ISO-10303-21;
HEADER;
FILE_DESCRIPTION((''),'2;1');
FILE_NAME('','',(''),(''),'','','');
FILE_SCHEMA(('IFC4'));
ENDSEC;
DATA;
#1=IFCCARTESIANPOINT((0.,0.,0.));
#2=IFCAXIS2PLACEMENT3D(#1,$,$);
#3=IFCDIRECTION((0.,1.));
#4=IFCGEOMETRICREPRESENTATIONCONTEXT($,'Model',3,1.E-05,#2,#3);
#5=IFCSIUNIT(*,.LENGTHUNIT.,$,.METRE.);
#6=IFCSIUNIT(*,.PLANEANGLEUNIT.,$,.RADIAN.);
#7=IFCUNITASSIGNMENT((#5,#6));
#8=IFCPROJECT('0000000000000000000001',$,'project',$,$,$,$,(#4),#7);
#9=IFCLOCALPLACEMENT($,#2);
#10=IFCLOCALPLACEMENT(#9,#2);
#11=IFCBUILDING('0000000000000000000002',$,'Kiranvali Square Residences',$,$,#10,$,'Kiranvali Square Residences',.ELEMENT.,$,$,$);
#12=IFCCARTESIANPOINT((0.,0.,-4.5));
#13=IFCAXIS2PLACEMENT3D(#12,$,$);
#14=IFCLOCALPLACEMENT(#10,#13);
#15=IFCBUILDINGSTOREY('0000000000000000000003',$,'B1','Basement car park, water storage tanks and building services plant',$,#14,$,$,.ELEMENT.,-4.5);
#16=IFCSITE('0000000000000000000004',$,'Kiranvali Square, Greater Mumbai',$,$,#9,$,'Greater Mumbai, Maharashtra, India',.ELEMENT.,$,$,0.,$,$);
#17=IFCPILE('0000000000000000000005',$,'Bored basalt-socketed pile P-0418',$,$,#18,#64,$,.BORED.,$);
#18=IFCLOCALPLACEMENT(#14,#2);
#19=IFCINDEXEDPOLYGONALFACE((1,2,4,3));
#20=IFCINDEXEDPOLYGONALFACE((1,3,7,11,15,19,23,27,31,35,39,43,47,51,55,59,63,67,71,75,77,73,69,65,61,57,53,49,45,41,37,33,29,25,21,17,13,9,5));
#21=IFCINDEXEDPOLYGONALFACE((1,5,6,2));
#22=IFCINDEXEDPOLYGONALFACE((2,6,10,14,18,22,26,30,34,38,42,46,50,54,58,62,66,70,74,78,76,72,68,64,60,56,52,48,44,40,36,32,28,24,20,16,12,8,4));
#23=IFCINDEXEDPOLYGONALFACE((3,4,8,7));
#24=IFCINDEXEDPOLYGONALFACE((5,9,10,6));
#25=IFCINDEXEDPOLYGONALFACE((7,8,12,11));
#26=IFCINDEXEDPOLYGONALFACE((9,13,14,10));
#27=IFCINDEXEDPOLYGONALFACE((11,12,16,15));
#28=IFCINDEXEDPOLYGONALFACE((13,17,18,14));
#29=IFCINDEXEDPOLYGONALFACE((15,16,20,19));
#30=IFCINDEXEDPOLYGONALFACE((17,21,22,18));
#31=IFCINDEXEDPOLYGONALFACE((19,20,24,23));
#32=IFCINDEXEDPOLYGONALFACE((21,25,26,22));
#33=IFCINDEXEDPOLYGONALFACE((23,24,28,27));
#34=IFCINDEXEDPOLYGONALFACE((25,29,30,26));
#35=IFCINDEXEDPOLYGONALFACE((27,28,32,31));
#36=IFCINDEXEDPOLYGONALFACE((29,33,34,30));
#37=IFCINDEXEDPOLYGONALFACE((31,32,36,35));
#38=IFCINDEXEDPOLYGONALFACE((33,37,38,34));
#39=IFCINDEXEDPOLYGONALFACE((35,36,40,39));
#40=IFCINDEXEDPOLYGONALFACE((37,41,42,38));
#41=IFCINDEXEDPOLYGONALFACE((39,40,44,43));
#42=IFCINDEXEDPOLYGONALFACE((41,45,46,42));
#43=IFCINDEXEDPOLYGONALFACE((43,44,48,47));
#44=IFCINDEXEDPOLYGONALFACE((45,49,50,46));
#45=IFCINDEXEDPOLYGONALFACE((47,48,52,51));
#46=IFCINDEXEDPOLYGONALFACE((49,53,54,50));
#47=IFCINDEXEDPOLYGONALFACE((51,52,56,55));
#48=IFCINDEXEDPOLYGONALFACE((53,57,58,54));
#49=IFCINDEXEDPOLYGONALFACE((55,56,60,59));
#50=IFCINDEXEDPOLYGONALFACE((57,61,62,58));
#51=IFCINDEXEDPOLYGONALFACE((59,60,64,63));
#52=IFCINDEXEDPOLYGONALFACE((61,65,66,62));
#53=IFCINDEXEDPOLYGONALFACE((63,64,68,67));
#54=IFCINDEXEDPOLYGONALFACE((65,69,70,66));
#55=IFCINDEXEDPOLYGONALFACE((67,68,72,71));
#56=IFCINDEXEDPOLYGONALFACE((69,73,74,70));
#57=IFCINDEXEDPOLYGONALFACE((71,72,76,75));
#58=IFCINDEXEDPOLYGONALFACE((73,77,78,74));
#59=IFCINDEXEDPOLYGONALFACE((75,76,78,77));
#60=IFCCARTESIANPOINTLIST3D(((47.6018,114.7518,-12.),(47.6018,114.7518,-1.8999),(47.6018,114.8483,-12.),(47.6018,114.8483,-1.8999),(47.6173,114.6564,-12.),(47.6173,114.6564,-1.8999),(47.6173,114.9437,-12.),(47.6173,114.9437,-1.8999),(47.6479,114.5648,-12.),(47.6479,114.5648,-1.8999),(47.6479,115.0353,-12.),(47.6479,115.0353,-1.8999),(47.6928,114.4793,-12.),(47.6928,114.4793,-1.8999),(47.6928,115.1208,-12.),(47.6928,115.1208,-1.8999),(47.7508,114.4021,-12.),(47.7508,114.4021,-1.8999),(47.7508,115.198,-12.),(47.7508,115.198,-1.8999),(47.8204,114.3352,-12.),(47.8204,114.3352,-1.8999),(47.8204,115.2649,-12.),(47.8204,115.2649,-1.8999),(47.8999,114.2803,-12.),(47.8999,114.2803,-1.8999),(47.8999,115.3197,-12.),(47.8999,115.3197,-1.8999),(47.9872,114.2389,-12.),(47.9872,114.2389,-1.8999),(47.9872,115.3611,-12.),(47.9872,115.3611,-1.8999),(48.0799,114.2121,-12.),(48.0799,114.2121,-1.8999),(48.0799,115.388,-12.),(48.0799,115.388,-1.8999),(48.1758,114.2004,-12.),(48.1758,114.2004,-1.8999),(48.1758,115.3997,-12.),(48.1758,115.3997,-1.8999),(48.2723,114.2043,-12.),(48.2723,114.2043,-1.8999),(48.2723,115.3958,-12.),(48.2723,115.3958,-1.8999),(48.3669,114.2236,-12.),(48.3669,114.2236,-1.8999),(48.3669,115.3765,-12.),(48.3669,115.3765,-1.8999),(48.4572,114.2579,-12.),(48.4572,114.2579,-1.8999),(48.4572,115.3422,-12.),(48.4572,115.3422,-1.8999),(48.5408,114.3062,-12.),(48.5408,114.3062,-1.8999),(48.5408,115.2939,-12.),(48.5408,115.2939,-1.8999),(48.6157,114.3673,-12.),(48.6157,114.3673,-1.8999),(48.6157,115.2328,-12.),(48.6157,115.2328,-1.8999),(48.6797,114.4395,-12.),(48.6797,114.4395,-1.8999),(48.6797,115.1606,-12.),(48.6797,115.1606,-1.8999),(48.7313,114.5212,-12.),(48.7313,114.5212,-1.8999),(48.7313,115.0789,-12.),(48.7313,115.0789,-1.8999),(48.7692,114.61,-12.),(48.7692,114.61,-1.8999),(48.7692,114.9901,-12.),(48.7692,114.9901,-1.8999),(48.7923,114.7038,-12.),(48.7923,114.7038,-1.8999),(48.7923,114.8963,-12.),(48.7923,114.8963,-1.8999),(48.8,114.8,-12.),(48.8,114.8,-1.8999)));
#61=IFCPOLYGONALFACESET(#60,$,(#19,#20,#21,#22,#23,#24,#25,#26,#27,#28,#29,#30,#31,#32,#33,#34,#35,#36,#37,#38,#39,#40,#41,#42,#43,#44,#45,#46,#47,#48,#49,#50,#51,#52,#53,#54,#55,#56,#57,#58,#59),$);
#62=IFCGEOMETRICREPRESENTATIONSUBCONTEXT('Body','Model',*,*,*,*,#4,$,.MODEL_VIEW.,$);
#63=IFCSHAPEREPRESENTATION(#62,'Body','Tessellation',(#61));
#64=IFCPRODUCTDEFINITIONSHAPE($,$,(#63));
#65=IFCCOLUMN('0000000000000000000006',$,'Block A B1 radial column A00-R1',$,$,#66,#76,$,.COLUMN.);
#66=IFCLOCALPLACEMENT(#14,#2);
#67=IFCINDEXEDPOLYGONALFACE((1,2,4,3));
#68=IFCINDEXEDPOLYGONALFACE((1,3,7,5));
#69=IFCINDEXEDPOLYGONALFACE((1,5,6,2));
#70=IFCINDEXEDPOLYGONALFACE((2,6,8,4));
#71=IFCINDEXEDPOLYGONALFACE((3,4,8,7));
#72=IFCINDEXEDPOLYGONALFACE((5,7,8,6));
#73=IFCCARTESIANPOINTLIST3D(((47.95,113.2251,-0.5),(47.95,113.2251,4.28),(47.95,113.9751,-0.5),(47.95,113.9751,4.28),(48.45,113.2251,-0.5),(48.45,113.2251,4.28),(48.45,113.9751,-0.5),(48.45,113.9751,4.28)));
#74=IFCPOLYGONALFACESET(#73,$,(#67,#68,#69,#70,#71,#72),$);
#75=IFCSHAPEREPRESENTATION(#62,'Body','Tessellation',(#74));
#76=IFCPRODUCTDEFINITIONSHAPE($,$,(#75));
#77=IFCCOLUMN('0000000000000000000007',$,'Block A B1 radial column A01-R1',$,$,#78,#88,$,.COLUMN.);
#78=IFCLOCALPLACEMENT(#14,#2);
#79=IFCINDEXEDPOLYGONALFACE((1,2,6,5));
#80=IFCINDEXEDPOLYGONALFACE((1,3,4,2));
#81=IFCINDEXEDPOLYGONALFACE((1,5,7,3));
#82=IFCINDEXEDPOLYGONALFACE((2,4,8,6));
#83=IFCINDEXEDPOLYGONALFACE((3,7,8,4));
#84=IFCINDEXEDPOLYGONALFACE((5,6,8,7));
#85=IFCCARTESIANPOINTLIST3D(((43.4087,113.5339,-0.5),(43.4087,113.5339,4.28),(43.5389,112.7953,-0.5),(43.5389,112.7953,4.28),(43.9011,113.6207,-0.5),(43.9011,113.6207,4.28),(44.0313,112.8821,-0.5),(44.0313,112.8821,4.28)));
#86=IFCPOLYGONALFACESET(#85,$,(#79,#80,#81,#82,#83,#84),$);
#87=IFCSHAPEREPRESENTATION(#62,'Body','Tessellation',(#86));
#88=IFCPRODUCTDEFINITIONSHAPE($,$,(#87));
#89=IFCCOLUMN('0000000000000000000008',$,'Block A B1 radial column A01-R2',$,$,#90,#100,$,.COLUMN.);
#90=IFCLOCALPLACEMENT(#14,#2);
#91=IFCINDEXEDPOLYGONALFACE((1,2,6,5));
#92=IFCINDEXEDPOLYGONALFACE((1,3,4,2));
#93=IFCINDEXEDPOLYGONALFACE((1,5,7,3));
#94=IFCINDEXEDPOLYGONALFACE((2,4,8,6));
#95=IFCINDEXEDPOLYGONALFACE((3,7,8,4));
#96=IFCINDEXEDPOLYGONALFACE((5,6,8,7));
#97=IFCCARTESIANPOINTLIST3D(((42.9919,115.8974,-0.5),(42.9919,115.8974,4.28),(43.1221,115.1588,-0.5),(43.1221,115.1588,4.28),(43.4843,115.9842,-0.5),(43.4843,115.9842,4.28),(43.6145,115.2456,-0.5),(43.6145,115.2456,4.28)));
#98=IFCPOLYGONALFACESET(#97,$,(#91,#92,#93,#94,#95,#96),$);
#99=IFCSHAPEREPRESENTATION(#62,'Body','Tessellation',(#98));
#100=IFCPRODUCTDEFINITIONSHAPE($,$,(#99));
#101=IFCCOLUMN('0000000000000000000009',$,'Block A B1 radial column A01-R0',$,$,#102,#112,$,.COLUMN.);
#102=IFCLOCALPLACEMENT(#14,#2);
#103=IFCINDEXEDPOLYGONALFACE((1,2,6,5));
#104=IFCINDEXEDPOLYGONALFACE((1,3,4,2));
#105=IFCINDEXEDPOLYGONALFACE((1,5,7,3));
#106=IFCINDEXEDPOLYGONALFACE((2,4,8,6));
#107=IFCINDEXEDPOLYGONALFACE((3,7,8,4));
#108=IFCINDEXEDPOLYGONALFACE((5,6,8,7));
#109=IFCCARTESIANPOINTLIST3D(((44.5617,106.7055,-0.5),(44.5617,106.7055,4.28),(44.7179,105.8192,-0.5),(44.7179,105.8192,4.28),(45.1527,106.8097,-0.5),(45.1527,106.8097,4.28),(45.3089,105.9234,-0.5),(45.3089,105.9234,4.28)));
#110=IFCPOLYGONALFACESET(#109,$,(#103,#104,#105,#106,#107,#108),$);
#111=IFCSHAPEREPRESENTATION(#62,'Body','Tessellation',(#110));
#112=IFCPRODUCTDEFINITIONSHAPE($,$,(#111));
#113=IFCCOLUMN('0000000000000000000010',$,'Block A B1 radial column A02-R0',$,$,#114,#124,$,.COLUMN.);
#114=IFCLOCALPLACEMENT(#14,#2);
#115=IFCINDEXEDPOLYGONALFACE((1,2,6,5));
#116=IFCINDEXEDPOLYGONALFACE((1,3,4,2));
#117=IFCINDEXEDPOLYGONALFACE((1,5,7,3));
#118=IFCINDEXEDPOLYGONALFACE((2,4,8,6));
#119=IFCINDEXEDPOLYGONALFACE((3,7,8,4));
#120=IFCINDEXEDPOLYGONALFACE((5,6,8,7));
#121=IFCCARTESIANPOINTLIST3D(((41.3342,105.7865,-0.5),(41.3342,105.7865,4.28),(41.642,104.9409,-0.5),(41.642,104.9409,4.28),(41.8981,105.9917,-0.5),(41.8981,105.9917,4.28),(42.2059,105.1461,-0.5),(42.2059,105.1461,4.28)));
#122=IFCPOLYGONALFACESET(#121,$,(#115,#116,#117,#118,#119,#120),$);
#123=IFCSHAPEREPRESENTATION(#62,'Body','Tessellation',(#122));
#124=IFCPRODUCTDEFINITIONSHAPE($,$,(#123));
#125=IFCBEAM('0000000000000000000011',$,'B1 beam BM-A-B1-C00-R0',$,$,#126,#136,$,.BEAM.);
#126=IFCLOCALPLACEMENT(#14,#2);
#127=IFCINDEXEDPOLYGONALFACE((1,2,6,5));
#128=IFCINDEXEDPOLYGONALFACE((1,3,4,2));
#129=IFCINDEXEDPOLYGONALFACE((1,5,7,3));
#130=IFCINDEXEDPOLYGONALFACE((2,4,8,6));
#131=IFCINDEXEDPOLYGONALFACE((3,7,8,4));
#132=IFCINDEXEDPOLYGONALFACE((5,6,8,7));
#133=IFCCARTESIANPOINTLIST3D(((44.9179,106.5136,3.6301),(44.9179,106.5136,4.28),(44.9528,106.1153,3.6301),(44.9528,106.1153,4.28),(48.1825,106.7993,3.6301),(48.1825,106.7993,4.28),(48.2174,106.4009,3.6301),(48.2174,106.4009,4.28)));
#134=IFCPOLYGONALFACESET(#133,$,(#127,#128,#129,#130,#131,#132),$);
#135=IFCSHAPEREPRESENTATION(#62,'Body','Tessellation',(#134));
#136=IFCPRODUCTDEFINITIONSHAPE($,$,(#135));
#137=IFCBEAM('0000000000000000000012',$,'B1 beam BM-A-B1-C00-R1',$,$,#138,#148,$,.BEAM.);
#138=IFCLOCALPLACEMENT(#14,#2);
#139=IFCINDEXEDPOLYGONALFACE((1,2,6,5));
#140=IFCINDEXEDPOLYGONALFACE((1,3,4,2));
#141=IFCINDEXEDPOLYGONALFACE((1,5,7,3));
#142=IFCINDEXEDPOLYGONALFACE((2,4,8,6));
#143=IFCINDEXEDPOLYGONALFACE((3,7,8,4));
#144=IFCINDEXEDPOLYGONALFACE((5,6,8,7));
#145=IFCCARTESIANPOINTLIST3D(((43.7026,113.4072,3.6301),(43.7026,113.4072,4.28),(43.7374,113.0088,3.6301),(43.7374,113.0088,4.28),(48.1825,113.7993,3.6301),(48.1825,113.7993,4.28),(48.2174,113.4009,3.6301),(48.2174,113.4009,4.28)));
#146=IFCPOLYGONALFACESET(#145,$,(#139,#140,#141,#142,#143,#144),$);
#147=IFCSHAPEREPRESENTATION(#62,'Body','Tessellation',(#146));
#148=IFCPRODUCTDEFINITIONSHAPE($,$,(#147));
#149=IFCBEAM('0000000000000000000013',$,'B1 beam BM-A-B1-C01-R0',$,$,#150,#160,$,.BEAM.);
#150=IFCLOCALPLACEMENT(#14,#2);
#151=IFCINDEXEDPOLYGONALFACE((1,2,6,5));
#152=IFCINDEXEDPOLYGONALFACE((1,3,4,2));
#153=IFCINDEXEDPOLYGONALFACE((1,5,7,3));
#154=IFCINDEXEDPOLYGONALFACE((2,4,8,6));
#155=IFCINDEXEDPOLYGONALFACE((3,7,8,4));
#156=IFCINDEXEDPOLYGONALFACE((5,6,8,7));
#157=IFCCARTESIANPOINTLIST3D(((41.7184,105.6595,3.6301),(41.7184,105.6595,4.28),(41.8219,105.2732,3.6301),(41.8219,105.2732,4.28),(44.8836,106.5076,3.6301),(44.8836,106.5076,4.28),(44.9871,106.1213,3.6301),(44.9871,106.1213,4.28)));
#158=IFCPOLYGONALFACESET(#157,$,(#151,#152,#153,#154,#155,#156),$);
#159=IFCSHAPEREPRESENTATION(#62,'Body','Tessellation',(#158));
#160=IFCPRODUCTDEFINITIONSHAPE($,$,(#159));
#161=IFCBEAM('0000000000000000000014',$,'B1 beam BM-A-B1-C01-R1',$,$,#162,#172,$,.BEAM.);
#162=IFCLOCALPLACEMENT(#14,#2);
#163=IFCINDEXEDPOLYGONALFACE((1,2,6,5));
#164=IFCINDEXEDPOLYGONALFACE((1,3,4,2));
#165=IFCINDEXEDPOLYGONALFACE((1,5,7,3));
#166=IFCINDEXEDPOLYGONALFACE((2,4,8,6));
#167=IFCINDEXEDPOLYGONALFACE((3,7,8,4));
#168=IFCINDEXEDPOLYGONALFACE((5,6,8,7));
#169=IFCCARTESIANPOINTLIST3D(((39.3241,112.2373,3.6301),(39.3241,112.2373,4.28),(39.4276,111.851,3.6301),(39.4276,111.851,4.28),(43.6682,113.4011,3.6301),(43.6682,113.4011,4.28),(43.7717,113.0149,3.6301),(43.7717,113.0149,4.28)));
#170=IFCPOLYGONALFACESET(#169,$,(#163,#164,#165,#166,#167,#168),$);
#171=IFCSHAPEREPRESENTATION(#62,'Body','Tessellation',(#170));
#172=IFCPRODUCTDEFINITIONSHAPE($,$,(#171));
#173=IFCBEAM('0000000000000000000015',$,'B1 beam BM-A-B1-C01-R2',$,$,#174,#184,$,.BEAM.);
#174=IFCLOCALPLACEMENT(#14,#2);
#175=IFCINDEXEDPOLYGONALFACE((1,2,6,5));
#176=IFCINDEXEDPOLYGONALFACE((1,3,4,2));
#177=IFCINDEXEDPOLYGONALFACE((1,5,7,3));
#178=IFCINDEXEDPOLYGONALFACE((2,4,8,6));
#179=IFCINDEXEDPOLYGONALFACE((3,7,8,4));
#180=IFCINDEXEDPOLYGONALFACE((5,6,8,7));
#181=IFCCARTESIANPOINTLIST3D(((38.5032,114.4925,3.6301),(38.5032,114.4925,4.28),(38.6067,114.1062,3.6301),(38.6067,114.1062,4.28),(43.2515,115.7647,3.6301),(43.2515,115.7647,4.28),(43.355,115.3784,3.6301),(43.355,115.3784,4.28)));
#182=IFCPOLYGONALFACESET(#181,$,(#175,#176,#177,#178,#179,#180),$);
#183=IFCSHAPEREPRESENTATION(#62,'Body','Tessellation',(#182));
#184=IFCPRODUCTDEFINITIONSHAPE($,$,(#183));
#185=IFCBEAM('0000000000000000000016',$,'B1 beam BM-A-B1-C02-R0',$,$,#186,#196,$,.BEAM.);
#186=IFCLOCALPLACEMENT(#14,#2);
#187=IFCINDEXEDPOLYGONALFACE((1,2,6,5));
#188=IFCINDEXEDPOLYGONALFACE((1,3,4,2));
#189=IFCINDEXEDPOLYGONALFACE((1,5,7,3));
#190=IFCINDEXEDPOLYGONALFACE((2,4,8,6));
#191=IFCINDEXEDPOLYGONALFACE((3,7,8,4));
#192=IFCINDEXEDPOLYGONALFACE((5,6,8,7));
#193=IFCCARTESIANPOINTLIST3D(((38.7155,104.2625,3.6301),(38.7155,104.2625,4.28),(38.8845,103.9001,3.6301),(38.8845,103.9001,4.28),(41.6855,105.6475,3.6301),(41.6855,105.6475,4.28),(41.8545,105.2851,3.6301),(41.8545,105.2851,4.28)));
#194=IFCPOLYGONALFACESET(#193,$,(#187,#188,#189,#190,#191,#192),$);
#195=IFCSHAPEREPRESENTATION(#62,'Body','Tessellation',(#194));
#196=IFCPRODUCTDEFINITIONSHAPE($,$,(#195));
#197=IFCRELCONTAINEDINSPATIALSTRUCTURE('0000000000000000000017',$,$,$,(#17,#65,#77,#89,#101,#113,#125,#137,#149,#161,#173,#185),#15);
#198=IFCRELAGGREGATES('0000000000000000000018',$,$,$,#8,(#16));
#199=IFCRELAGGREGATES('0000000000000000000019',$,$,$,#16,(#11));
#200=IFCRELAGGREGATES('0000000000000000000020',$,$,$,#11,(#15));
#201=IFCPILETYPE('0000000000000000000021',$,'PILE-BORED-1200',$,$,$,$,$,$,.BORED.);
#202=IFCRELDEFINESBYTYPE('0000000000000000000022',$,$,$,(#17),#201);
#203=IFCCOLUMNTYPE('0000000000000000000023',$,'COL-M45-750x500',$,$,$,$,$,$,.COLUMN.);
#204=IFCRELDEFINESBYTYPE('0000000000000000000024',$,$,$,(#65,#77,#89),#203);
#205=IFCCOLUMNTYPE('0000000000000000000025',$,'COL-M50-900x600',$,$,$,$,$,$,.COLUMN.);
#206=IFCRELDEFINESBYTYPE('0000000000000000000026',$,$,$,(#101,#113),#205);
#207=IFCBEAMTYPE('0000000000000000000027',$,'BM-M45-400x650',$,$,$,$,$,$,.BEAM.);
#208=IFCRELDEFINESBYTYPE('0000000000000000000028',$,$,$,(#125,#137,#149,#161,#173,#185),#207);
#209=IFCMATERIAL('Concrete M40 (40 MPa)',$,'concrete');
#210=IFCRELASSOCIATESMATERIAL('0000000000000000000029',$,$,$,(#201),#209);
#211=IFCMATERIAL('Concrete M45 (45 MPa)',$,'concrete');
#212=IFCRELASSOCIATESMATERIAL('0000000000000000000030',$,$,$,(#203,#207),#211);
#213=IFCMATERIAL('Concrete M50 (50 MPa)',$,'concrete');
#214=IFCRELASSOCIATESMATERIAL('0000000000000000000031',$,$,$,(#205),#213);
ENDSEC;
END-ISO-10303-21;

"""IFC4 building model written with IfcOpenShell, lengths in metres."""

from ifc_helpers import new_model, si_unit, direction, frame, origin, origin_2d, place, context, subcontext, project, spatial, rectangle, circle, extrude, material, material_profile, profile_set, type_object, element, save


model = new_model("IFC4")

# Units and contexts
model_context = context("Model", 3, precision=1e-05, world=origin(), true_north=direction((0.0, 1.0)))
body_context = subcontext(model_context, "Body", "Model", "MODEL_VIEW")
ifc_project = project(units=[si_unit("LENGTHUNIT", "METRE"), si_unit("PLANEANGLEUNIT", "RADIAN")], contexts=[model_context])

# Site, building, storey
site_placement = place(None, origin())
site = spatial("IfcSite", under=ifc_project, at=site_placement, Name="Kiranvali Square, Greater Mumbai", LongName="Greater Mumbai, Maharashtra, India", CompositionType="ELEMENT", RefElevation=0.0)
building_placement = place(site_placement, origin())
building = spatial("IfcBuilding", under=site, at=building_placement, Name="Kiranvali Square Residences", LongName="Kiranvali Square Residences", CompositionType="ELEMENT")
storey_placement = place(building_placement, frame((0.0, 0.0, -4.5)))
storey = spatial("IfcBuildingStorey", under=building, at=storey_placement, Name="B1", Description="Basement car park, water storage tanks and building services plant", CompositionType="ELEMENT", Elevation=-4.5)

# Shared definitions
ifc_material_1 = material(Name="Concrete M40 (40 MPa)", Category="concrete")

# Pile
ifc_material_profile_1 = material_profile(ifc_material_1, circle(Radius=0.6001, at=origin_2d()), Name="BORED PILE 1200")
ifc_profile_set_1 = profile_set([ifc_material_profile_1], Name="Concrete M40 (40 MPa)")
pile_type = type_object("IfcPileType", Name="PILE-BORED-1200", PredefinedType="BORED", material=ifc_profile_set_1)
for number, where, z_axis, x_axis, name in (
    (1, (48.2, 114.8, -1.8999), (0.0, 0.0, -1.0), (1.0, 0.0, 0.0), "Bored basalt-socketed pile P-0418"),
):
    element("IfcPile", number, at=place(storey_placement, frame(where, z_axis=z_axis, x_axis=x_axis)), inside=storey, type_object=pile_type, Name=name, PredefinedType="BORED", context=body_context, shape_type="SweptSolid", body=[
        extrude(circle(Radius=0.6001, at=origin_2d()), origin(), (0.0, 0.0, 1.0), 10.1001),
    ])

# Columns
ifc_material_2 = material(Name="Concrete M45 (45 MPa)", Category="concrete")
ifc_material_profile_2 = material_profile(ifc_material_2, rectangle(XDim=0.5, YDim=0.75, at=origin_2d()), Name="RC 750x500")
ifc_profile_set_2 = profile_set([ifc_material_profile_2], Name="Concrete M45 (45 MPa)")
column_type_1 = type_object("IfcColumnType", Name="COL-M45-750x500", PredefinedType="COLUMN", material=ifc_profile_set_2)
for number, where, z_axis, x_axis, name in (
    (2, (48.2, 113.6001, -0.5), (0.0, 0.0, 1.0), (1.0, 0.0, 0.0), "Block A B1 radial column A00-R1"),
    (3, (43.72, 113.208, -0.5), (0.0, 0.0, 1.0), (0.984808, 0.173648, 0.0), "Block A B1 radial column A01-R1"),
    (4, (43.3032, 115.5715, -0.5), (0.0, 0.0, 1.0), (0.984808, 0.173648, 0.0), "Block A B1 radial column A01-R2"),
):
    element("IfcColumn", number, at=place(storey_placement, frame(where, z_axis=z_axis, x_axis=x_axis)), inside=storey, type_object=column_type_1, Name=name, PredefinedType="COLUMN", context=body_context, shape_type="SweptSolid", body=[
        extrude(rectangle(XDim=0.5, YDim=0.75, at=origin_2d()), origin(), (0.0, 0.0, 1.0), 4.78),
    ])
ifc_material_3 = material(Name="Concrete M50 (50 MPa)", Category="concrete")
ifc_material_profile_3 = material_profile(ifc_material_3, rectangle(XDim=0.6001, YDim=0.8999, at=origin_2d()), Name="RC 900x600")
ifc_profile_set_3 = profile_set([ifc_material_profile_3], Name="Concrete M50 (50 MPa)")
column_type_2 = type_object("IfcColumnType", Name="COL-M50-900x600", PredefinedType="COLUMN", material=ifc_profile_set_3)
for number, where, z_axis, x_axis, name in (
    (5, (44.9353, 106.3145, -0.5), (0.0, 0.0, 1.0), (0.984808, 0.173648, 0.0), "Block A B1 radial column A01-R0"),
    (6, (41.77, 105.4663, -0.5), (0.0, 0.0, 1.0), (0.939693, 0.34202, 0.0), "Block A B1 radial column A02-R0"),
):
    element("IfcColumn", number, at=place(storey_placement, frame(where, z_axis=z_axis, x_axis=x_axis)), inside=storey, type_object=column_type_2, Name=name, PredefinedType="COLUMN", context=body_context, shape_type="SweptSolid", body=[
        extrude(rectangle(XDim=0.6001, YDim=0.8999, at=origin_2d()), origin(), (0.0, 0.0, 1.0), 4.78),
    ])

# Beams
ifc_material_profile_4 = material_profile(ifc_material_2, rectangle(XDim=0.3999, YDim=0.6499, at=origin_2d()), Name="RC 400x650")
ifc_profile_set_4 = profile_set([ifc_material_profile_4], Name="Concrete M45 (45 MPa)")
beam_type = type_object("IfcBeamType", Name="BM-M45-400x650", PredefinedType="BEAM", material=ifc_profile_set_4)
beam_1_placement = place(storey_placement, frame((48.2, 106.6001, 3.9551), z_axis=(-0.996194, -0.087163, 0.0), x_axis=(0.087163, -0.996194, 0.0)))
element("IfcBeam", 7, at=beam_1_placement, inside=storey, type_object=beam_type, Name="B1 beam BM-A-B1-C00-R0", PredefinedType="BEAM", context=body_context, shape_type="SweptSolid", body=[
    extrude(rectangle(XDim=0.3999, YDim=0.6499, at=origin_2d()), origin(), (0.0, 0.0, 1.0), 3.2771),
])
beam_2_placement = place(storey_placement, frame((48.2, 113.6001, 3.9551), z_axis=(-0.996192, -0.087187, 0.0), x_axis=(0.087187, -0.996192, 0.0)))
element("IfcBeam", 8, at=beam_2_placement, inside=storey, type_object=beam_type, Name="B1 beam BM-A-B1-C00-R1", PredefinedType="BEAM", context=body_context, shape_type="SweptSolid", body=[
    extrude(rectangle(XDim=0.3999, YDim=0.6499, at=origin_2d()), origin(), (0.0, 0.0, 1.0), 4.4971),
])
beam_3_placement = place(storey_placement, frame((44.9353, 106.3145, 3.9551), z_axis=(-0.965925, -0.258822, 0.0), x_axis=(0.258822, -0.965925, 0.0)))
element("IfcBeam", 9, at=beam_3_placement, inside=storey, type_object=beam_type, Name="B1 beam BM-A-B1-C01-R0", PredefinedType="BEAM", context=body_context, shape_type="SweptSolid", body=[
    extrude(rectangle(XDim=0.3999, YDim=0.6499, at=origin_2d()), origin(), (0.0, 0.0, 1.0), 3.2769),
])
beam_4_placement = place(storey_placement, frame((43.72, 113.208, 3.9551), z_axis=(-0.965934, -0.258788, 0.0), x_axis=(0.258788, -0.965934, 0.0)))
element("IfcBeam", 10, at=beam_4_placement, inside=storey, type_object=beam_type, Name="B1 beam BM-A-B1-C01-R1", PredefinedType="BEAM", context=body_context, shape_type="SweptSolid", body=[
    extrude(rectangle(XDim=0.3999, YDim=0.6499, at=origin_2d()), origin(), (0.0, 0.0, 1.0), 4.4973),
])
beam_5_placement = place(storey_placement, frame((43.3032, 115.5715, 3.9551), z_axis=(-0.96593, -0.258803, 0.0), x_axis=(0.258803, -0.96593, 0.0)))
element("IfcBeam", 11, at=beam_5_placement, inside=storey, type_object=beam_type, Name="B1 beam BM-A-B1-C01-R2", PredefinedType="BEAM", context=body_context, shape_type="SweptSolid", body=[
    extrude(rectangle(XDim=0.3999, YDim=0.6499, at=origin_2d()), origin(), (0.0, 0.0, 1.0), 4.9158),
])
beam_6_placement = place(storey_placement, frame((41.77, 105.4663, 3.9551), z_axis=(-0.906297, -0.422641, 0.0), x_axis=(0.422641, -0.906297, 0.0)))
element("IfcBeam", 12, at=beam_6_placement, inside=storey, type_object=beam_type, Name="B1 beam BM-A-B1-C02-R0", PredefinedType="BEAM", context=body_context, shape_type="SweptSolid", body=[
    extrude(rectangle(XDim=0.3999, YDim=0.6499, at=origin_2d()), origin(), (0.0, 0.0, 1.0), 3.2771),
])

save(model, "model.ifc")
